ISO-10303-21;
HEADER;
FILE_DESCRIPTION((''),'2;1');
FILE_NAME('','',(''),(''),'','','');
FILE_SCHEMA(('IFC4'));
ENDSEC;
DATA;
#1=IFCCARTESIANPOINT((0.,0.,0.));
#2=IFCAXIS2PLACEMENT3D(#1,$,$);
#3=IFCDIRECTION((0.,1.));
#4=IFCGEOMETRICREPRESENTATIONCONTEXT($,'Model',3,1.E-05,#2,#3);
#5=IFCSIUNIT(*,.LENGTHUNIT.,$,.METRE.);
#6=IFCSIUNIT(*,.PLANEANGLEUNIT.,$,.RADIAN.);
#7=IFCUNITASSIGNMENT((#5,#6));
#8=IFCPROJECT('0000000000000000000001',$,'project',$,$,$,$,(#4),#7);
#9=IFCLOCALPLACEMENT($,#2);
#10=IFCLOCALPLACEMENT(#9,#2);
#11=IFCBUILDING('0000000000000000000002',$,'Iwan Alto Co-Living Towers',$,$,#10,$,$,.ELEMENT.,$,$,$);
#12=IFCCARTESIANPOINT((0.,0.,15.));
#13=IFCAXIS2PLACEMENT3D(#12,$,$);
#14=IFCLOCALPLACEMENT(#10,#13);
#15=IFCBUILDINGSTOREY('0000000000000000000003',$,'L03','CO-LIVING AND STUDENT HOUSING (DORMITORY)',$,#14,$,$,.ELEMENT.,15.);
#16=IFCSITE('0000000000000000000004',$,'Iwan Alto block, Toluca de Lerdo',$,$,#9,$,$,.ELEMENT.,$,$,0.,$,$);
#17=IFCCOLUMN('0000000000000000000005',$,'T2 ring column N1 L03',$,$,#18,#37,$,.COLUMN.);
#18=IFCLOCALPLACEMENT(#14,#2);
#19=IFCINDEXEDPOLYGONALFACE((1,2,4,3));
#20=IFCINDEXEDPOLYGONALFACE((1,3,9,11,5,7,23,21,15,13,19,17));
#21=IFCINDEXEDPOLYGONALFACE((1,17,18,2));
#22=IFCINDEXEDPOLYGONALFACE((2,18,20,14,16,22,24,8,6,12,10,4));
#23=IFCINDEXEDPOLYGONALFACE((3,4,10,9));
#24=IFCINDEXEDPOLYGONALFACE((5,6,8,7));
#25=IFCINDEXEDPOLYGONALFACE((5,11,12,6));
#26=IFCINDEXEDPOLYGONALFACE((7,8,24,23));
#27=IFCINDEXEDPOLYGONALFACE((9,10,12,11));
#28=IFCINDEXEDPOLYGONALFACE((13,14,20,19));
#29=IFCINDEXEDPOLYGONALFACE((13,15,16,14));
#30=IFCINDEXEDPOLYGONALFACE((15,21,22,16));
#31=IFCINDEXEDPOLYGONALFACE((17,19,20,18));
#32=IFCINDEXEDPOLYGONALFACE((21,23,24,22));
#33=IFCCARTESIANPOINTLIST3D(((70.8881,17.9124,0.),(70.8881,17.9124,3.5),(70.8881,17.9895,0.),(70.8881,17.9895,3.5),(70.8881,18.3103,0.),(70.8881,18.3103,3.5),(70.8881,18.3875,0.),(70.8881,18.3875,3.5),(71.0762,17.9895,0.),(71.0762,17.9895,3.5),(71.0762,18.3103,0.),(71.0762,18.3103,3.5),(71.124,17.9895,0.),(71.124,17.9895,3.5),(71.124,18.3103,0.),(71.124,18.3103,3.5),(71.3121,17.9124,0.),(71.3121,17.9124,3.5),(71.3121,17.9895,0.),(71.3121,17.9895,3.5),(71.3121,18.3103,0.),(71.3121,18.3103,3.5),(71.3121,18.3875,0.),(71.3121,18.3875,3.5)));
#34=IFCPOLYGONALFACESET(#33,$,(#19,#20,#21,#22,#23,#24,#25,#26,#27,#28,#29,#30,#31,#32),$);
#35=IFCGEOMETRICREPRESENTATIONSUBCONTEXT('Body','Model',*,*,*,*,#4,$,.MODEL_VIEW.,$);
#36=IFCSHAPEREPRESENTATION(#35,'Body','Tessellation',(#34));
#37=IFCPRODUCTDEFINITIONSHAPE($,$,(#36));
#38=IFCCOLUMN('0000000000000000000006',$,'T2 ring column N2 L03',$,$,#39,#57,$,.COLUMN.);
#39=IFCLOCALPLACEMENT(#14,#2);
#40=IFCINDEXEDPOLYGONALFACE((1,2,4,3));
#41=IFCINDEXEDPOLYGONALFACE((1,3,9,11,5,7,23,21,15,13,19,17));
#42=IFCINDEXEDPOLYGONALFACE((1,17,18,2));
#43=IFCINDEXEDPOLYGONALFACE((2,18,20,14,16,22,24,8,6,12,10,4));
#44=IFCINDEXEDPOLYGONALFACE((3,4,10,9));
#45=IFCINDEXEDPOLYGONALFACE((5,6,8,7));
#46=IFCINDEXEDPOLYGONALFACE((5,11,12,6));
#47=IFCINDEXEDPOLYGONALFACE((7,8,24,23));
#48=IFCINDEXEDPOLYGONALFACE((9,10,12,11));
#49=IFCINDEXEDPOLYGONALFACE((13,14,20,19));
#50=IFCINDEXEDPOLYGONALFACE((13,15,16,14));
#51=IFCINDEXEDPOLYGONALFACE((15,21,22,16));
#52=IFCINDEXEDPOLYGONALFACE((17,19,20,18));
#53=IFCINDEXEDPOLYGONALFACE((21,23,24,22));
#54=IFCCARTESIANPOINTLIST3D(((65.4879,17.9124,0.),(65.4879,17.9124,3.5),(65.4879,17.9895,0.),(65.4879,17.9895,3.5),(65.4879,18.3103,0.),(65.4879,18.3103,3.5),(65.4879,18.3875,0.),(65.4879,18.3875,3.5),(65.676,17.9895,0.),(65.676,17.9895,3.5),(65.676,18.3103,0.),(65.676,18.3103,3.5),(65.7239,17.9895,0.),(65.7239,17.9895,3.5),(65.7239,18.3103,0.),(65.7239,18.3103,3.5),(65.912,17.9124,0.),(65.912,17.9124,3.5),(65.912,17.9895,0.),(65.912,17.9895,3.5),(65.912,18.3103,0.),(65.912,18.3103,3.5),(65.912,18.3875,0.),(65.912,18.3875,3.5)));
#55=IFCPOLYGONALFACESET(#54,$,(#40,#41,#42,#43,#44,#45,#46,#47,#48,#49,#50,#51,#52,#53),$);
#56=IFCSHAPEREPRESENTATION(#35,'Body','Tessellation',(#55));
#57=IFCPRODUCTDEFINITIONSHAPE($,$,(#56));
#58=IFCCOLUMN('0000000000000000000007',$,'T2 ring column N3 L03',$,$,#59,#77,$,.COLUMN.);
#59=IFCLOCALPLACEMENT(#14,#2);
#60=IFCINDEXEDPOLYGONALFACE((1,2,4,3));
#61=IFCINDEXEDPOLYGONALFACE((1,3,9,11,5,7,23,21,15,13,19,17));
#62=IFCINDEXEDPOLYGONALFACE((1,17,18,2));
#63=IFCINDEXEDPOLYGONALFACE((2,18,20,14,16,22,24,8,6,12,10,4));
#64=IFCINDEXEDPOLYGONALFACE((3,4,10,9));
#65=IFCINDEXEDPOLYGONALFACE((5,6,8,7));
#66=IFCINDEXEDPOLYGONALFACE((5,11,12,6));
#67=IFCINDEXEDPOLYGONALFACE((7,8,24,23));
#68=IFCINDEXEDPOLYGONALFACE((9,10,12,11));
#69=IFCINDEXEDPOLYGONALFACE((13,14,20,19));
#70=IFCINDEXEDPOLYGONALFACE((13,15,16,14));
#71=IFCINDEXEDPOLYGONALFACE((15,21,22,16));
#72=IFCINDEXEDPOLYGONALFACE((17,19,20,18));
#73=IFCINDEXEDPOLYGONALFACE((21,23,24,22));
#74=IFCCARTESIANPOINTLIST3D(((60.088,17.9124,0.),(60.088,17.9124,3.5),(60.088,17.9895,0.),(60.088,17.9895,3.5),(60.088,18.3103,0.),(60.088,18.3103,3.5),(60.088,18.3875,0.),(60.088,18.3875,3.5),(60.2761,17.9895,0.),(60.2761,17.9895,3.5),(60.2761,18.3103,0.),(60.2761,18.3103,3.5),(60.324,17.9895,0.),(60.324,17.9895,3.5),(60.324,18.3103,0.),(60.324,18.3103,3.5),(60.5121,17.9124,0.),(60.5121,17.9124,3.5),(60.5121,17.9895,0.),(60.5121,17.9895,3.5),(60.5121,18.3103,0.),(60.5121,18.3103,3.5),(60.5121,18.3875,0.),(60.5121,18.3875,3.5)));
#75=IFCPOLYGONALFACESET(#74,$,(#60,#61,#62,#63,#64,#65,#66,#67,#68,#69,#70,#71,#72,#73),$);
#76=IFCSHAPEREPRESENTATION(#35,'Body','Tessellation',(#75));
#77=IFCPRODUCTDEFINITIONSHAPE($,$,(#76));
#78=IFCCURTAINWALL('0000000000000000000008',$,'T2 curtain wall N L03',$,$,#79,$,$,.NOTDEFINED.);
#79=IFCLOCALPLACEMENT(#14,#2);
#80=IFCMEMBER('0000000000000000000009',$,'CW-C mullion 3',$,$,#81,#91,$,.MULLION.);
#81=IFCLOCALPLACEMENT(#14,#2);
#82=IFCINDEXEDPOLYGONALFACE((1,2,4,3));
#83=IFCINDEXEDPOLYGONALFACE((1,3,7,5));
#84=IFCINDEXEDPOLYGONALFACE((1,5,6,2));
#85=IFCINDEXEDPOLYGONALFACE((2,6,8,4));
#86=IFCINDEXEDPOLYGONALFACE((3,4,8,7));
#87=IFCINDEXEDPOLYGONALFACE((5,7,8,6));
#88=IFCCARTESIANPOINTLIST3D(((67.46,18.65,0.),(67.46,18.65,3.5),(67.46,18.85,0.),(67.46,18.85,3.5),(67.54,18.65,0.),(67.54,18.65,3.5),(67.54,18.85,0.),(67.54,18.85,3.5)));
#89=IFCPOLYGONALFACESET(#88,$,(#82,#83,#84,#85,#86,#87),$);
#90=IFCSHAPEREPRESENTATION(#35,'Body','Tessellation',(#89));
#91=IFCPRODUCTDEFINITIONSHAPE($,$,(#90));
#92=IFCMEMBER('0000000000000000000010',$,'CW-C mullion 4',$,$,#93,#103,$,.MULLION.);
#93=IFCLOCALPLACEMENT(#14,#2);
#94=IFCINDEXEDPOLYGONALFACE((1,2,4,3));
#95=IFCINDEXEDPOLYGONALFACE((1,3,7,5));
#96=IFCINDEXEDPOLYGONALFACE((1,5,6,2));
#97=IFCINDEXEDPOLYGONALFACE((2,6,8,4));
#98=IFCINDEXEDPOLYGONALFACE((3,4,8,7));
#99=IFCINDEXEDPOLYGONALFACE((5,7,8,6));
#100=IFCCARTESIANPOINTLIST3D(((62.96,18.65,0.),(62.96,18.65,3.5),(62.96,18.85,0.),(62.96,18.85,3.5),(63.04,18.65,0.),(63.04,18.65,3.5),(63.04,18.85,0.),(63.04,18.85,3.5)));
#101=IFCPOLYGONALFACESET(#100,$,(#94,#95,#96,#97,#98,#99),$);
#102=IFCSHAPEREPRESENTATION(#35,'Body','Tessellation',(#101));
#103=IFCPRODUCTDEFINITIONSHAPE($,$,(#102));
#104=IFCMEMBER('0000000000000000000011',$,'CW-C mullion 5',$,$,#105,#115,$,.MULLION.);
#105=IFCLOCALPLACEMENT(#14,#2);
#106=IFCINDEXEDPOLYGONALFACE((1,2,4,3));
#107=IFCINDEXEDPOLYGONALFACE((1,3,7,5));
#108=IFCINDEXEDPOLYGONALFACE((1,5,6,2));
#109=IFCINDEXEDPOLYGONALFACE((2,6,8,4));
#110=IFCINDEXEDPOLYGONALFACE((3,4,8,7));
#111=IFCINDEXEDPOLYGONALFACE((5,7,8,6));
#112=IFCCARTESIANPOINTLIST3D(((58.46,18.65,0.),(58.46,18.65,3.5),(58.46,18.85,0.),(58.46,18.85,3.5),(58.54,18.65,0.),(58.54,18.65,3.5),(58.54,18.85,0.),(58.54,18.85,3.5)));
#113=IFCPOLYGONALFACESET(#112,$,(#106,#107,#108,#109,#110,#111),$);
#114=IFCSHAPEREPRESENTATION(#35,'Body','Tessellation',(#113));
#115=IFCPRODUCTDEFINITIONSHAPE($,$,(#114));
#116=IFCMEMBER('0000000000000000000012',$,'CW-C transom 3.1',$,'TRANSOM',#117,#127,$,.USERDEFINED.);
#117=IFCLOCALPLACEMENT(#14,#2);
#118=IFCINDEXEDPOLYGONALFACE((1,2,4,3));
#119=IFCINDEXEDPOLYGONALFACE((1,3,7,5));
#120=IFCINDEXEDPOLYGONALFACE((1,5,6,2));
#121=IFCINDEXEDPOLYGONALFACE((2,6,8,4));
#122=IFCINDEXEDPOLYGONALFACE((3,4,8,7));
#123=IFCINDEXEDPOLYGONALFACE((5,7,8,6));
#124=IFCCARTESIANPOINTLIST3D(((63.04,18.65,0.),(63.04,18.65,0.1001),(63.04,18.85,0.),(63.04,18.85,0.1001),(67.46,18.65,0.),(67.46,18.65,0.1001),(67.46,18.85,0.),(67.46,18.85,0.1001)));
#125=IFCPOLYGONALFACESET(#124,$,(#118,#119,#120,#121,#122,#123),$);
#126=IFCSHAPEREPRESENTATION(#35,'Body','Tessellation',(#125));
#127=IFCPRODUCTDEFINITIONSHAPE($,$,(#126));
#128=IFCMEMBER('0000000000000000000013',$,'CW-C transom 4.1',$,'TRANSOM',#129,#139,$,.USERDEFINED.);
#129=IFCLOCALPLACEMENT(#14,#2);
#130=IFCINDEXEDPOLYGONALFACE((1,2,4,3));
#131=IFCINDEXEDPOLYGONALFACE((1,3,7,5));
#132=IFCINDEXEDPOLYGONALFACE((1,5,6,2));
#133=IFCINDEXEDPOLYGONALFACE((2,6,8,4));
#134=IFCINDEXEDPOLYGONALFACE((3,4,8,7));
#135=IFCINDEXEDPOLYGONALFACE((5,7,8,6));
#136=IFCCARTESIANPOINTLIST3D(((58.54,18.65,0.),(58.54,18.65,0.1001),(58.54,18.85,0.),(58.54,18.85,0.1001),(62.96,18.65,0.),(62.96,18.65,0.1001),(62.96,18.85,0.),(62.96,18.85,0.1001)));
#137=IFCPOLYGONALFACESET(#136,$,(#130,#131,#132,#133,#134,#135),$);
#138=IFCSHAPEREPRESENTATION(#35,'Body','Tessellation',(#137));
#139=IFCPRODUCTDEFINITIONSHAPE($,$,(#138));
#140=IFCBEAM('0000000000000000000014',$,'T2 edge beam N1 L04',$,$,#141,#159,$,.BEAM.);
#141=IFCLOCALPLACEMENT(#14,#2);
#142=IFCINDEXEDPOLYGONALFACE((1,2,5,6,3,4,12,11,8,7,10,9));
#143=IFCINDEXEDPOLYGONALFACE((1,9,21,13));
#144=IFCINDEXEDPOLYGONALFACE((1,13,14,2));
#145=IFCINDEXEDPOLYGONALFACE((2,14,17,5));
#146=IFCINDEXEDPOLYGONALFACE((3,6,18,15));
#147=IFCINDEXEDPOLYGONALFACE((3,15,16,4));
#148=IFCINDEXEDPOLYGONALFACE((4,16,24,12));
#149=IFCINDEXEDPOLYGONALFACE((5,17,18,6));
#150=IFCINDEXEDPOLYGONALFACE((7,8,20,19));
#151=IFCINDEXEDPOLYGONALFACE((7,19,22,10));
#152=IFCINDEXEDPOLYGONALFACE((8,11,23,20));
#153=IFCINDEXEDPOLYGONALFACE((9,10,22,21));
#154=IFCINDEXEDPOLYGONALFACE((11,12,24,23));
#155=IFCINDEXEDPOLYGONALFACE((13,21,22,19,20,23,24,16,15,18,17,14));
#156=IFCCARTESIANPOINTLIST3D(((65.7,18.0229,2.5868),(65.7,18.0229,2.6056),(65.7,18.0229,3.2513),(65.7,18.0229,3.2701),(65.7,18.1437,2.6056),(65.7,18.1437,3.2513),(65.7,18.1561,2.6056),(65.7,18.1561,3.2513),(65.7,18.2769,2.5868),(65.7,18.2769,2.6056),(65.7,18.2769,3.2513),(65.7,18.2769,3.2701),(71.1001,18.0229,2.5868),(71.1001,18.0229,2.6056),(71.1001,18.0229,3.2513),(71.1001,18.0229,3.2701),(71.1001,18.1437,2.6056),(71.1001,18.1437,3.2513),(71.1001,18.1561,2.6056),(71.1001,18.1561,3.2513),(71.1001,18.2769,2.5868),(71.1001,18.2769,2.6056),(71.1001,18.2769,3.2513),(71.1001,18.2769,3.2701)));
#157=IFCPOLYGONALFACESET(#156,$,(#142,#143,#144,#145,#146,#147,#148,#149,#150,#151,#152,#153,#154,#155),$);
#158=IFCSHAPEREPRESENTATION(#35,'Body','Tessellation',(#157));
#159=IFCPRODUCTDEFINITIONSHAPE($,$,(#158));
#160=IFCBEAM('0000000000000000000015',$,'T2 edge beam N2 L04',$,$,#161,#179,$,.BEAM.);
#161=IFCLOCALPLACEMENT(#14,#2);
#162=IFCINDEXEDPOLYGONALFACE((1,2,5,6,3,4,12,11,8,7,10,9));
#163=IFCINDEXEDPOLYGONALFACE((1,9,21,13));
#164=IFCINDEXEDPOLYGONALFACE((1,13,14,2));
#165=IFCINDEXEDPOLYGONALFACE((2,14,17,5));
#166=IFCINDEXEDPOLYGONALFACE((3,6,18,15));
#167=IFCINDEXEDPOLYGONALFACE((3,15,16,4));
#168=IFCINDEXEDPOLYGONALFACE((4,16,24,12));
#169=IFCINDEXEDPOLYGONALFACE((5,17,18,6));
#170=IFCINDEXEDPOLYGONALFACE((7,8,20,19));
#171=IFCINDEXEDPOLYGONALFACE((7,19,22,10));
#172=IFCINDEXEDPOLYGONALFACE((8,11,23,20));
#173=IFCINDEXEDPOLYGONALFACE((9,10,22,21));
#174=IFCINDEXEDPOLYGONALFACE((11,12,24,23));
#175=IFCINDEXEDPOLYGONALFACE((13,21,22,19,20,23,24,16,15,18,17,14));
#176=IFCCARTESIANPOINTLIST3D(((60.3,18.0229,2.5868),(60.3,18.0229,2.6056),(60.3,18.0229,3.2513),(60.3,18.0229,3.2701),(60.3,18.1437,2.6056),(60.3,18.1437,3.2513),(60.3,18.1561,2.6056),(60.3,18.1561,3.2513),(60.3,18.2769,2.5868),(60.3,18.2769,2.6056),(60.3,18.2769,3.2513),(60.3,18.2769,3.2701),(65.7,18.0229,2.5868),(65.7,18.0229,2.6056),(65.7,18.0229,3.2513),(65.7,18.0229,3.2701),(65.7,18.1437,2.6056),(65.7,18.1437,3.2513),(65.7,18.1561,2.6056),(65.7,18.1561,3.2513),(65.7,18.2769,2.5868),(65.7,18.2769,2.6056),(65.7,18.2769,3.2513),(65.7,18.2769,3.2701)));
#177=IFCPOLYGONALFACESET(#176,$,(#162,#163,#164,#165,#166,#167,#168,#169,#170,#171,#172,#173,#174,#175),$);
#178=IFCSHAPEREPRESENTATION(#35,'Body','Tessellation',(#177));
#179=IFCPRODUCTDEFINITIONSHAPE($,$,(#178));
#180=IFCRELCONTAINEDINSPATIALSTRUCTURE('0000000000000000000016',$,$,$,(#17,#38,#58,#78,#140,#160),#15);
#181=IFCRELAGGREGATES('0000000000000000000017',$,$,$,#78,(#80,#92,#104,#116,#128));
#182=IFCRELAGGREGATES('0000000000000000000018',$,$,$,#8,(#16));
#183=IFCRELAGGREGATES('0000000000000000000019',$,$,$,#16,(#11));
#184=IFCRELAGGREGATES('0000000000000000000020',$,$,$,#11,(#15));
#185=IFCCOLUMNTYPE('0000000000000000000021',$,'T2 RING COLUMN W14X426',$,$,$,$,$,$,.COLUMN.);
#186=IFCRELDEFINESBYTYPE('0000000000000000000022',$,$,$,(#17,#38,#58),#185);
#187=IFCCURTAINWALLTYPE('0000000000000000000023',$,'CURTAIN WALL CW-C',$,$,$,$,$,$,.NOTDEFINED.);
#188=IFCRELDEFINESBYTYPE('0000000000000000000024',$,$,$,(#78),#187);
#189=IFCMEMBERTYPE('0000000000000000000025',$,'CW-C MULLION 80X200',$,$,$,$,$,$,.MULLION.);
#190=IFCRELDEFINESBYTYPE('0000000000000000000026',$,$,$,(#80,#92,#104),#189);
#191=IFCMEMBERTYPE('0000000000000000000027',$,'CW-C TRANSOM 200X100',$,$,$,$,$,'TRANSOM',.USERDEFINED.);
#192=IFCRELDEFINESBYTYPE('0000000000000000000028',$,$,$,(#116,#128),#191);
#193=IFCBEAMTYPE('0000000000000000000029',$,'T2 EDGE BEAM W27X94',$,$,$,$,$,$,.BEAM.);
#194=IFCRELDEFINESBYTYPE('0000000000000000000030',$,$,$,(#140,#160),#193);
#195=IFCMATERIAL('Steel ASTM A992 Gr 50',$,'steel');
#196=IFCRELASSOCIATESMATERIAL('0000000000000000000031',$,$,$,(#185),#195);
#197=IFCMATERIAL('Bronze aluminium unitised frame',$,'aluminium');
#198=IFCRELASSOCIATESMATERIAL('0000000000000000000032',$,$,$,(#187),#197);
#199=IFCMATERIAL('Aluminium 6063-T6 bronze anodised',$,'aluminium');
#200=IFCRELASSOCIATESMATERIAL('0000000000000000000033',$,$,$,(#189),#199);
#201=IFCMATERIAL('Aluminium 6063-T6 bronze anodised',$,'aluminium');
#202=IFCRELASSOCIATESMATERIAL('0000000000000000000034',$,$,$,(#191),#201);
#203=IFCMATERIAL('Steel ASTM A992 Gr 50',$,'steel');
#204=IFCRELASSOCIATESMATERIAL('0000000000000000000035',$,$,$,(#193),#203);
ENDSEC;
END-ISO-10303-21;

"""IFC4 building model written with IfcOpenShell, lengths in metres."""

from ifc_helpers import new_model, si_unit, direction, frame, origin, origin_2d, place, context, subcontext, project, spatial, rectangle, i_section, extrude, material, material_profile, profile_set, type_object, element, aggregate, save


model = new_model("IFC4")

# Units and contexts
model_context = context("Model", 3, precision=1e-05, world=origin(), true_north=direction((0.0, 1.0)))
body_context = subcontext(model_context, "Body", "Model", "MODEL_VIEW")
ifc_project = project(units=[si_unit("LENGTHUNIT", "METRE"), si_unit("PLANEANGLEUNIT", "RADIAN")], contexts=[model_context])

# Site, building, storey
site_placement = place(None, origin())
site = spatial("IfcSite", under=ifc_project, at=site_placement, Name="Iwan Alto block, Toluca de Lerdo", CompositionType="ELEMENT", RefElevation=0.0)
building_placement = place(site_placement, origin())
building = spatial("IfcBuilding", under=site, at=building_placement, Name="Iwan Alto Co-Living Towers", CompositionType="ELEMENT")
storey_placement = place(building_placement, frame((0.0, 0.0, 15.0)))
storey = spatial("IfcBuildingStorey", under=building, at=storey_placement, Name="L03", Description="CO-LIVING AND STUDENT HOUSING (DORMITORY)", CompositionType="ELEMENT", Elevation=15.0)

# Columns
ifc_material_1 = material(Name="Steel ASTM A992 Gr 50", Category="steel")
ifc_material_profile_1 = material_profile(ifc_material_1, i_section(OverallWidth=0.4241, OverallDepth=0.4751, WebThickness=0.0479, FlangeThickness=0.0771, at=origin_2d()), Name="W14X426")
ifc_profile_set_1 = profile_set([ifc_material_profile_1], Name="Steel ASTM A992 Gr 50")
column_type = type_object("IfcColumnType", Name="T2 RING COLUMN W14X426", PredefinedType="COLUMN", material=ifc_profile_set_1)
for number, where, z_axis, x_axis, name in (
    (1, (71.1001, 18.1499, 0.0), (0.0, 0.0, 1.0), (1.0, 0.0, 0.0), "T2 ring column N1 L03"),
    (2, (65.7, 18.1499, 0.0), (0.0, 0.0, 1.0), (1.0, 0.0, 0.0), "T2 ring column N2 L03"),
    (3, (60.3, 18.1499, 0.0), (0.0, 0.0, 1.0), (1.0, 0.0, 0.0), "T2 ring column N3 L03"),
):
    element("IfcColumn", number, at=place(storey_placement, frame(where, z_axis=z_axis, x_axis=x_axis)), inside=storey, type_object=column_type, Name=name, PredefinedType="COLUMN", context=body_context, shape_type="SweptSolid", body=[
        extrude(i_section(OverallWidth=0.4241, OverallDepth=0.4751, WebThickness=0.0479, FlangeThickness=0.0771, at=origin_2d()), origin(), (0.0, 0.0, 1.0), 3.5),
    ])

# Curtain wall, members
ifc_material_2 = material(Name="Bronze aluminium unitised frame", Category="aluminium")
curtain_wall_type = type_object("IfcCurtainWallType", Name="CURTAIN WALL CW-C", PredefinedType="NOTDEFINED", material=ifc_material_2)
curtain_wall_placement = place(storey_placement, origin())
curtain_wall = element("IfcCurtainWall", 4, at=curtain_wall_placement, inside=storey, type_object=curtain_wall_type, Name="T2 curtain wall N L03", PredefinedType="NOTDEFINED")
ifc_material_3 = material(Name="Aluminium 6063-T6 bronze anodised", Category="aluminium")
ifc_material_profile_2 = material_profile(ifc_material_3, rectangle(XDim=0.2, YDim=0.0801, at=origin_2d()), Name="AL 80X200")
ifc_profile_set_2 = profile_set([ifc_material_profile_2], Name="Aluminium 6063-T6 bronze anodised")
member_type_1 = type_object("IfcMemberType", Name="CW-C MULLION 80X200", PredefinedType="MULLION", material=ifc_profile_set_2)
member_1_placement = place(storey_placement, frame((67.5, 18.75, 0.0), z_axis=(0.0, 0.0, 1.0), x_axis=(0.0, -1.0, 0.0)))
member_1 = element("IfcMember", 5, at=member_1_placement, type_object=member_type_1, Name="CW-C mullion 3", PredefinedType="MULLION", context=body_context, shape_type="SweptSolid", body=[
    extrude(rectangle(XDim=0.2, YDim=0.0801, at=origin_2d()), origin(), (0.0, 0.0, 1.0), 3.5),
])
member_2_placement = place(storey_placement, frame((63.0, 18.75, 0.0), z_axis=(0.0, 0.0, 1.0), x_axis=(0.0, -1.0, 0.0)))
member_2 = element("IfcMember", 6, at=member_2_placement, type_object=member_type_1, Name="CW-C mullion 4", PredefinedType="MULLION", context=body_context, shape_type="SweptSolid", body=[
    extrude(rectangle(XDim=0.2, YDim=0.0801, at=origin_2d()), origin(), (0.0, 0.0, 1.0), 3.5),
])
member_3_placement = place(storey_placement, frame((58.5, 18.75, 0.0), z_axis=(0.0, 0.0, 1.0), x_axis=(0.0, -1.0, 0.0)))
member_3 = element("IfcMember", 7, at=member_3_placement, type_object=member_type_1, Name="CW-C mullion 5", PredefinedType="MULLION", context=body_context, shape_type="SweptSolid", body=[
    extrude(rectangle(XDim=0.2, YDim=0.0801, at=origin_2d()), origin(), (0.0, 0.0, 1.0), 3.5),
])
ifc_material_4 = material(Name="Aluminium 6063-T6 bronze anodised", Category="aluminium")
ifc_material_profile_3 = material_profile(ifc_material_4, rectangle(XDim=0.2, YDim=0.1001, at=origin_2d()), Name="AL 200X100")
ifc_profile_set_3 = profile_set([ifc_material_profile_3], Name="Aluminium 6063-T6 bronze anodised")
member_type_2 = type_object("IfcMemberType", Name="CW-C TRANSOM 200X100", ElementType="TRANSOM", PredefinedType="USERDEFINED", material=ifc_profile_set_3)
member_4_placement = place(storey_placement, frame((67.46, 18.75, 0.05), z_axis=(-1.0, 0.0, 0.0), x_axis=(0.0, -1.0, 0.0)))
member_4 = element("IfcMember", 8, at=member_4_placement, type_object=member_type_2, Name="CW-C transom 3.1", ObjectType="TRANSOM", PredefinedType="USERDEFINED", context=body_context, shape_type="SweptSolid", body=[
    extrude(rectangle(XDim=0.2, YDim=0.1001, at=origin_2d()), origin(), (0.0, 0.0, 1.0), 4.4199),
])
member_5_placement = place(storey_placement, frame((62.96, 18.75, 0.05), z_axis=(-1.0, 0.0, 0.0), x_axis=(0.0, -1.0, 0.0)))
member_5 = element("IfcMember", 9, at=member_5_placement, type_object=member_type_2, Name="CW-C transom 4.1", ObjectType="TRANSOM", PredefinedType="USERDEFINED", context=body_context, shape_type="SweptSolid", body=[
    extrude(rectangle(XDim=0.2, YDim=0.1001, at=origin_2d()), origin(), (0.0, 0.0, 1.0), 4.4199),
])

# Beams
ifc_material_5 = material(Name="Steel ASTM A992 Gr 50", Category="steel")
ifc_material_profile_4 = material_profile(ifc_material_5, i_section(OverallWidth=0.2539, OverallDepth=0.6833, WebThickness=0.0125, FlangeThickness=0.0188, at=origin_2d()), Name="W27X94")
ifc_profile_set_4 = profile_set([ifc_material_profile_4], Name="Steel ASTM A992 Gr 50")
beam_type_1 = type_object("IfcBeamType", Name="T2 EDGE BEAM W27X94", PredefinedType="BEAM", material=ifc_profile_set_4)
beam_1_placement = place(storey_placement, frame((71.1001, 18.1499, 2.9285), z_axis=(-1.0, 0.0, 0.0), x_axis=(0.0, -1.0, 0.0)))
element("IfcBeam", 10, at=beam_1_placement, inside=storey, type_object=beam_type_1, Name="T2 edge beam N1 L04", PredefinedType="BEAM", context=body_context, shape_type="SweptSolid", body=[
    extrude(i_section(OverallWidth=0.2539, OverallDepth=0.6833, WebThickness=0.0125, FlangeThickness=0.0188, at=origin_2d()), origin(), (0.0, 0.0, 1.0), 5.4001),
])
beam_2_placement = place(storey_placement, frame((65.7, 18.1499, 2.9285), z_axis=(-1.0, 0.0, 0.0), x_axis=(0.0, -1.0, 0.0)))
element("IfcBeam", 11, at=beam_2_placement, inside=storey, type_object=beam_type_1, Name="T2 edge beam N2 L04", PredefinedType="BEAM", context=body_context, shape_type="SweptSolid", body=[
    extrude(i_section(OverallWidth=0.2539, OverallDepth=0.6833, WebThickness=0.0125, FlangeThickness=0.0188, at=origin_2d()), origin(), (0.0, 0.0, 1.0), 5.3999),
])

aggregate(curtain_wall, [member_1, member_2, member_3, member_4, member_5])

save(model, "model.ifc")
